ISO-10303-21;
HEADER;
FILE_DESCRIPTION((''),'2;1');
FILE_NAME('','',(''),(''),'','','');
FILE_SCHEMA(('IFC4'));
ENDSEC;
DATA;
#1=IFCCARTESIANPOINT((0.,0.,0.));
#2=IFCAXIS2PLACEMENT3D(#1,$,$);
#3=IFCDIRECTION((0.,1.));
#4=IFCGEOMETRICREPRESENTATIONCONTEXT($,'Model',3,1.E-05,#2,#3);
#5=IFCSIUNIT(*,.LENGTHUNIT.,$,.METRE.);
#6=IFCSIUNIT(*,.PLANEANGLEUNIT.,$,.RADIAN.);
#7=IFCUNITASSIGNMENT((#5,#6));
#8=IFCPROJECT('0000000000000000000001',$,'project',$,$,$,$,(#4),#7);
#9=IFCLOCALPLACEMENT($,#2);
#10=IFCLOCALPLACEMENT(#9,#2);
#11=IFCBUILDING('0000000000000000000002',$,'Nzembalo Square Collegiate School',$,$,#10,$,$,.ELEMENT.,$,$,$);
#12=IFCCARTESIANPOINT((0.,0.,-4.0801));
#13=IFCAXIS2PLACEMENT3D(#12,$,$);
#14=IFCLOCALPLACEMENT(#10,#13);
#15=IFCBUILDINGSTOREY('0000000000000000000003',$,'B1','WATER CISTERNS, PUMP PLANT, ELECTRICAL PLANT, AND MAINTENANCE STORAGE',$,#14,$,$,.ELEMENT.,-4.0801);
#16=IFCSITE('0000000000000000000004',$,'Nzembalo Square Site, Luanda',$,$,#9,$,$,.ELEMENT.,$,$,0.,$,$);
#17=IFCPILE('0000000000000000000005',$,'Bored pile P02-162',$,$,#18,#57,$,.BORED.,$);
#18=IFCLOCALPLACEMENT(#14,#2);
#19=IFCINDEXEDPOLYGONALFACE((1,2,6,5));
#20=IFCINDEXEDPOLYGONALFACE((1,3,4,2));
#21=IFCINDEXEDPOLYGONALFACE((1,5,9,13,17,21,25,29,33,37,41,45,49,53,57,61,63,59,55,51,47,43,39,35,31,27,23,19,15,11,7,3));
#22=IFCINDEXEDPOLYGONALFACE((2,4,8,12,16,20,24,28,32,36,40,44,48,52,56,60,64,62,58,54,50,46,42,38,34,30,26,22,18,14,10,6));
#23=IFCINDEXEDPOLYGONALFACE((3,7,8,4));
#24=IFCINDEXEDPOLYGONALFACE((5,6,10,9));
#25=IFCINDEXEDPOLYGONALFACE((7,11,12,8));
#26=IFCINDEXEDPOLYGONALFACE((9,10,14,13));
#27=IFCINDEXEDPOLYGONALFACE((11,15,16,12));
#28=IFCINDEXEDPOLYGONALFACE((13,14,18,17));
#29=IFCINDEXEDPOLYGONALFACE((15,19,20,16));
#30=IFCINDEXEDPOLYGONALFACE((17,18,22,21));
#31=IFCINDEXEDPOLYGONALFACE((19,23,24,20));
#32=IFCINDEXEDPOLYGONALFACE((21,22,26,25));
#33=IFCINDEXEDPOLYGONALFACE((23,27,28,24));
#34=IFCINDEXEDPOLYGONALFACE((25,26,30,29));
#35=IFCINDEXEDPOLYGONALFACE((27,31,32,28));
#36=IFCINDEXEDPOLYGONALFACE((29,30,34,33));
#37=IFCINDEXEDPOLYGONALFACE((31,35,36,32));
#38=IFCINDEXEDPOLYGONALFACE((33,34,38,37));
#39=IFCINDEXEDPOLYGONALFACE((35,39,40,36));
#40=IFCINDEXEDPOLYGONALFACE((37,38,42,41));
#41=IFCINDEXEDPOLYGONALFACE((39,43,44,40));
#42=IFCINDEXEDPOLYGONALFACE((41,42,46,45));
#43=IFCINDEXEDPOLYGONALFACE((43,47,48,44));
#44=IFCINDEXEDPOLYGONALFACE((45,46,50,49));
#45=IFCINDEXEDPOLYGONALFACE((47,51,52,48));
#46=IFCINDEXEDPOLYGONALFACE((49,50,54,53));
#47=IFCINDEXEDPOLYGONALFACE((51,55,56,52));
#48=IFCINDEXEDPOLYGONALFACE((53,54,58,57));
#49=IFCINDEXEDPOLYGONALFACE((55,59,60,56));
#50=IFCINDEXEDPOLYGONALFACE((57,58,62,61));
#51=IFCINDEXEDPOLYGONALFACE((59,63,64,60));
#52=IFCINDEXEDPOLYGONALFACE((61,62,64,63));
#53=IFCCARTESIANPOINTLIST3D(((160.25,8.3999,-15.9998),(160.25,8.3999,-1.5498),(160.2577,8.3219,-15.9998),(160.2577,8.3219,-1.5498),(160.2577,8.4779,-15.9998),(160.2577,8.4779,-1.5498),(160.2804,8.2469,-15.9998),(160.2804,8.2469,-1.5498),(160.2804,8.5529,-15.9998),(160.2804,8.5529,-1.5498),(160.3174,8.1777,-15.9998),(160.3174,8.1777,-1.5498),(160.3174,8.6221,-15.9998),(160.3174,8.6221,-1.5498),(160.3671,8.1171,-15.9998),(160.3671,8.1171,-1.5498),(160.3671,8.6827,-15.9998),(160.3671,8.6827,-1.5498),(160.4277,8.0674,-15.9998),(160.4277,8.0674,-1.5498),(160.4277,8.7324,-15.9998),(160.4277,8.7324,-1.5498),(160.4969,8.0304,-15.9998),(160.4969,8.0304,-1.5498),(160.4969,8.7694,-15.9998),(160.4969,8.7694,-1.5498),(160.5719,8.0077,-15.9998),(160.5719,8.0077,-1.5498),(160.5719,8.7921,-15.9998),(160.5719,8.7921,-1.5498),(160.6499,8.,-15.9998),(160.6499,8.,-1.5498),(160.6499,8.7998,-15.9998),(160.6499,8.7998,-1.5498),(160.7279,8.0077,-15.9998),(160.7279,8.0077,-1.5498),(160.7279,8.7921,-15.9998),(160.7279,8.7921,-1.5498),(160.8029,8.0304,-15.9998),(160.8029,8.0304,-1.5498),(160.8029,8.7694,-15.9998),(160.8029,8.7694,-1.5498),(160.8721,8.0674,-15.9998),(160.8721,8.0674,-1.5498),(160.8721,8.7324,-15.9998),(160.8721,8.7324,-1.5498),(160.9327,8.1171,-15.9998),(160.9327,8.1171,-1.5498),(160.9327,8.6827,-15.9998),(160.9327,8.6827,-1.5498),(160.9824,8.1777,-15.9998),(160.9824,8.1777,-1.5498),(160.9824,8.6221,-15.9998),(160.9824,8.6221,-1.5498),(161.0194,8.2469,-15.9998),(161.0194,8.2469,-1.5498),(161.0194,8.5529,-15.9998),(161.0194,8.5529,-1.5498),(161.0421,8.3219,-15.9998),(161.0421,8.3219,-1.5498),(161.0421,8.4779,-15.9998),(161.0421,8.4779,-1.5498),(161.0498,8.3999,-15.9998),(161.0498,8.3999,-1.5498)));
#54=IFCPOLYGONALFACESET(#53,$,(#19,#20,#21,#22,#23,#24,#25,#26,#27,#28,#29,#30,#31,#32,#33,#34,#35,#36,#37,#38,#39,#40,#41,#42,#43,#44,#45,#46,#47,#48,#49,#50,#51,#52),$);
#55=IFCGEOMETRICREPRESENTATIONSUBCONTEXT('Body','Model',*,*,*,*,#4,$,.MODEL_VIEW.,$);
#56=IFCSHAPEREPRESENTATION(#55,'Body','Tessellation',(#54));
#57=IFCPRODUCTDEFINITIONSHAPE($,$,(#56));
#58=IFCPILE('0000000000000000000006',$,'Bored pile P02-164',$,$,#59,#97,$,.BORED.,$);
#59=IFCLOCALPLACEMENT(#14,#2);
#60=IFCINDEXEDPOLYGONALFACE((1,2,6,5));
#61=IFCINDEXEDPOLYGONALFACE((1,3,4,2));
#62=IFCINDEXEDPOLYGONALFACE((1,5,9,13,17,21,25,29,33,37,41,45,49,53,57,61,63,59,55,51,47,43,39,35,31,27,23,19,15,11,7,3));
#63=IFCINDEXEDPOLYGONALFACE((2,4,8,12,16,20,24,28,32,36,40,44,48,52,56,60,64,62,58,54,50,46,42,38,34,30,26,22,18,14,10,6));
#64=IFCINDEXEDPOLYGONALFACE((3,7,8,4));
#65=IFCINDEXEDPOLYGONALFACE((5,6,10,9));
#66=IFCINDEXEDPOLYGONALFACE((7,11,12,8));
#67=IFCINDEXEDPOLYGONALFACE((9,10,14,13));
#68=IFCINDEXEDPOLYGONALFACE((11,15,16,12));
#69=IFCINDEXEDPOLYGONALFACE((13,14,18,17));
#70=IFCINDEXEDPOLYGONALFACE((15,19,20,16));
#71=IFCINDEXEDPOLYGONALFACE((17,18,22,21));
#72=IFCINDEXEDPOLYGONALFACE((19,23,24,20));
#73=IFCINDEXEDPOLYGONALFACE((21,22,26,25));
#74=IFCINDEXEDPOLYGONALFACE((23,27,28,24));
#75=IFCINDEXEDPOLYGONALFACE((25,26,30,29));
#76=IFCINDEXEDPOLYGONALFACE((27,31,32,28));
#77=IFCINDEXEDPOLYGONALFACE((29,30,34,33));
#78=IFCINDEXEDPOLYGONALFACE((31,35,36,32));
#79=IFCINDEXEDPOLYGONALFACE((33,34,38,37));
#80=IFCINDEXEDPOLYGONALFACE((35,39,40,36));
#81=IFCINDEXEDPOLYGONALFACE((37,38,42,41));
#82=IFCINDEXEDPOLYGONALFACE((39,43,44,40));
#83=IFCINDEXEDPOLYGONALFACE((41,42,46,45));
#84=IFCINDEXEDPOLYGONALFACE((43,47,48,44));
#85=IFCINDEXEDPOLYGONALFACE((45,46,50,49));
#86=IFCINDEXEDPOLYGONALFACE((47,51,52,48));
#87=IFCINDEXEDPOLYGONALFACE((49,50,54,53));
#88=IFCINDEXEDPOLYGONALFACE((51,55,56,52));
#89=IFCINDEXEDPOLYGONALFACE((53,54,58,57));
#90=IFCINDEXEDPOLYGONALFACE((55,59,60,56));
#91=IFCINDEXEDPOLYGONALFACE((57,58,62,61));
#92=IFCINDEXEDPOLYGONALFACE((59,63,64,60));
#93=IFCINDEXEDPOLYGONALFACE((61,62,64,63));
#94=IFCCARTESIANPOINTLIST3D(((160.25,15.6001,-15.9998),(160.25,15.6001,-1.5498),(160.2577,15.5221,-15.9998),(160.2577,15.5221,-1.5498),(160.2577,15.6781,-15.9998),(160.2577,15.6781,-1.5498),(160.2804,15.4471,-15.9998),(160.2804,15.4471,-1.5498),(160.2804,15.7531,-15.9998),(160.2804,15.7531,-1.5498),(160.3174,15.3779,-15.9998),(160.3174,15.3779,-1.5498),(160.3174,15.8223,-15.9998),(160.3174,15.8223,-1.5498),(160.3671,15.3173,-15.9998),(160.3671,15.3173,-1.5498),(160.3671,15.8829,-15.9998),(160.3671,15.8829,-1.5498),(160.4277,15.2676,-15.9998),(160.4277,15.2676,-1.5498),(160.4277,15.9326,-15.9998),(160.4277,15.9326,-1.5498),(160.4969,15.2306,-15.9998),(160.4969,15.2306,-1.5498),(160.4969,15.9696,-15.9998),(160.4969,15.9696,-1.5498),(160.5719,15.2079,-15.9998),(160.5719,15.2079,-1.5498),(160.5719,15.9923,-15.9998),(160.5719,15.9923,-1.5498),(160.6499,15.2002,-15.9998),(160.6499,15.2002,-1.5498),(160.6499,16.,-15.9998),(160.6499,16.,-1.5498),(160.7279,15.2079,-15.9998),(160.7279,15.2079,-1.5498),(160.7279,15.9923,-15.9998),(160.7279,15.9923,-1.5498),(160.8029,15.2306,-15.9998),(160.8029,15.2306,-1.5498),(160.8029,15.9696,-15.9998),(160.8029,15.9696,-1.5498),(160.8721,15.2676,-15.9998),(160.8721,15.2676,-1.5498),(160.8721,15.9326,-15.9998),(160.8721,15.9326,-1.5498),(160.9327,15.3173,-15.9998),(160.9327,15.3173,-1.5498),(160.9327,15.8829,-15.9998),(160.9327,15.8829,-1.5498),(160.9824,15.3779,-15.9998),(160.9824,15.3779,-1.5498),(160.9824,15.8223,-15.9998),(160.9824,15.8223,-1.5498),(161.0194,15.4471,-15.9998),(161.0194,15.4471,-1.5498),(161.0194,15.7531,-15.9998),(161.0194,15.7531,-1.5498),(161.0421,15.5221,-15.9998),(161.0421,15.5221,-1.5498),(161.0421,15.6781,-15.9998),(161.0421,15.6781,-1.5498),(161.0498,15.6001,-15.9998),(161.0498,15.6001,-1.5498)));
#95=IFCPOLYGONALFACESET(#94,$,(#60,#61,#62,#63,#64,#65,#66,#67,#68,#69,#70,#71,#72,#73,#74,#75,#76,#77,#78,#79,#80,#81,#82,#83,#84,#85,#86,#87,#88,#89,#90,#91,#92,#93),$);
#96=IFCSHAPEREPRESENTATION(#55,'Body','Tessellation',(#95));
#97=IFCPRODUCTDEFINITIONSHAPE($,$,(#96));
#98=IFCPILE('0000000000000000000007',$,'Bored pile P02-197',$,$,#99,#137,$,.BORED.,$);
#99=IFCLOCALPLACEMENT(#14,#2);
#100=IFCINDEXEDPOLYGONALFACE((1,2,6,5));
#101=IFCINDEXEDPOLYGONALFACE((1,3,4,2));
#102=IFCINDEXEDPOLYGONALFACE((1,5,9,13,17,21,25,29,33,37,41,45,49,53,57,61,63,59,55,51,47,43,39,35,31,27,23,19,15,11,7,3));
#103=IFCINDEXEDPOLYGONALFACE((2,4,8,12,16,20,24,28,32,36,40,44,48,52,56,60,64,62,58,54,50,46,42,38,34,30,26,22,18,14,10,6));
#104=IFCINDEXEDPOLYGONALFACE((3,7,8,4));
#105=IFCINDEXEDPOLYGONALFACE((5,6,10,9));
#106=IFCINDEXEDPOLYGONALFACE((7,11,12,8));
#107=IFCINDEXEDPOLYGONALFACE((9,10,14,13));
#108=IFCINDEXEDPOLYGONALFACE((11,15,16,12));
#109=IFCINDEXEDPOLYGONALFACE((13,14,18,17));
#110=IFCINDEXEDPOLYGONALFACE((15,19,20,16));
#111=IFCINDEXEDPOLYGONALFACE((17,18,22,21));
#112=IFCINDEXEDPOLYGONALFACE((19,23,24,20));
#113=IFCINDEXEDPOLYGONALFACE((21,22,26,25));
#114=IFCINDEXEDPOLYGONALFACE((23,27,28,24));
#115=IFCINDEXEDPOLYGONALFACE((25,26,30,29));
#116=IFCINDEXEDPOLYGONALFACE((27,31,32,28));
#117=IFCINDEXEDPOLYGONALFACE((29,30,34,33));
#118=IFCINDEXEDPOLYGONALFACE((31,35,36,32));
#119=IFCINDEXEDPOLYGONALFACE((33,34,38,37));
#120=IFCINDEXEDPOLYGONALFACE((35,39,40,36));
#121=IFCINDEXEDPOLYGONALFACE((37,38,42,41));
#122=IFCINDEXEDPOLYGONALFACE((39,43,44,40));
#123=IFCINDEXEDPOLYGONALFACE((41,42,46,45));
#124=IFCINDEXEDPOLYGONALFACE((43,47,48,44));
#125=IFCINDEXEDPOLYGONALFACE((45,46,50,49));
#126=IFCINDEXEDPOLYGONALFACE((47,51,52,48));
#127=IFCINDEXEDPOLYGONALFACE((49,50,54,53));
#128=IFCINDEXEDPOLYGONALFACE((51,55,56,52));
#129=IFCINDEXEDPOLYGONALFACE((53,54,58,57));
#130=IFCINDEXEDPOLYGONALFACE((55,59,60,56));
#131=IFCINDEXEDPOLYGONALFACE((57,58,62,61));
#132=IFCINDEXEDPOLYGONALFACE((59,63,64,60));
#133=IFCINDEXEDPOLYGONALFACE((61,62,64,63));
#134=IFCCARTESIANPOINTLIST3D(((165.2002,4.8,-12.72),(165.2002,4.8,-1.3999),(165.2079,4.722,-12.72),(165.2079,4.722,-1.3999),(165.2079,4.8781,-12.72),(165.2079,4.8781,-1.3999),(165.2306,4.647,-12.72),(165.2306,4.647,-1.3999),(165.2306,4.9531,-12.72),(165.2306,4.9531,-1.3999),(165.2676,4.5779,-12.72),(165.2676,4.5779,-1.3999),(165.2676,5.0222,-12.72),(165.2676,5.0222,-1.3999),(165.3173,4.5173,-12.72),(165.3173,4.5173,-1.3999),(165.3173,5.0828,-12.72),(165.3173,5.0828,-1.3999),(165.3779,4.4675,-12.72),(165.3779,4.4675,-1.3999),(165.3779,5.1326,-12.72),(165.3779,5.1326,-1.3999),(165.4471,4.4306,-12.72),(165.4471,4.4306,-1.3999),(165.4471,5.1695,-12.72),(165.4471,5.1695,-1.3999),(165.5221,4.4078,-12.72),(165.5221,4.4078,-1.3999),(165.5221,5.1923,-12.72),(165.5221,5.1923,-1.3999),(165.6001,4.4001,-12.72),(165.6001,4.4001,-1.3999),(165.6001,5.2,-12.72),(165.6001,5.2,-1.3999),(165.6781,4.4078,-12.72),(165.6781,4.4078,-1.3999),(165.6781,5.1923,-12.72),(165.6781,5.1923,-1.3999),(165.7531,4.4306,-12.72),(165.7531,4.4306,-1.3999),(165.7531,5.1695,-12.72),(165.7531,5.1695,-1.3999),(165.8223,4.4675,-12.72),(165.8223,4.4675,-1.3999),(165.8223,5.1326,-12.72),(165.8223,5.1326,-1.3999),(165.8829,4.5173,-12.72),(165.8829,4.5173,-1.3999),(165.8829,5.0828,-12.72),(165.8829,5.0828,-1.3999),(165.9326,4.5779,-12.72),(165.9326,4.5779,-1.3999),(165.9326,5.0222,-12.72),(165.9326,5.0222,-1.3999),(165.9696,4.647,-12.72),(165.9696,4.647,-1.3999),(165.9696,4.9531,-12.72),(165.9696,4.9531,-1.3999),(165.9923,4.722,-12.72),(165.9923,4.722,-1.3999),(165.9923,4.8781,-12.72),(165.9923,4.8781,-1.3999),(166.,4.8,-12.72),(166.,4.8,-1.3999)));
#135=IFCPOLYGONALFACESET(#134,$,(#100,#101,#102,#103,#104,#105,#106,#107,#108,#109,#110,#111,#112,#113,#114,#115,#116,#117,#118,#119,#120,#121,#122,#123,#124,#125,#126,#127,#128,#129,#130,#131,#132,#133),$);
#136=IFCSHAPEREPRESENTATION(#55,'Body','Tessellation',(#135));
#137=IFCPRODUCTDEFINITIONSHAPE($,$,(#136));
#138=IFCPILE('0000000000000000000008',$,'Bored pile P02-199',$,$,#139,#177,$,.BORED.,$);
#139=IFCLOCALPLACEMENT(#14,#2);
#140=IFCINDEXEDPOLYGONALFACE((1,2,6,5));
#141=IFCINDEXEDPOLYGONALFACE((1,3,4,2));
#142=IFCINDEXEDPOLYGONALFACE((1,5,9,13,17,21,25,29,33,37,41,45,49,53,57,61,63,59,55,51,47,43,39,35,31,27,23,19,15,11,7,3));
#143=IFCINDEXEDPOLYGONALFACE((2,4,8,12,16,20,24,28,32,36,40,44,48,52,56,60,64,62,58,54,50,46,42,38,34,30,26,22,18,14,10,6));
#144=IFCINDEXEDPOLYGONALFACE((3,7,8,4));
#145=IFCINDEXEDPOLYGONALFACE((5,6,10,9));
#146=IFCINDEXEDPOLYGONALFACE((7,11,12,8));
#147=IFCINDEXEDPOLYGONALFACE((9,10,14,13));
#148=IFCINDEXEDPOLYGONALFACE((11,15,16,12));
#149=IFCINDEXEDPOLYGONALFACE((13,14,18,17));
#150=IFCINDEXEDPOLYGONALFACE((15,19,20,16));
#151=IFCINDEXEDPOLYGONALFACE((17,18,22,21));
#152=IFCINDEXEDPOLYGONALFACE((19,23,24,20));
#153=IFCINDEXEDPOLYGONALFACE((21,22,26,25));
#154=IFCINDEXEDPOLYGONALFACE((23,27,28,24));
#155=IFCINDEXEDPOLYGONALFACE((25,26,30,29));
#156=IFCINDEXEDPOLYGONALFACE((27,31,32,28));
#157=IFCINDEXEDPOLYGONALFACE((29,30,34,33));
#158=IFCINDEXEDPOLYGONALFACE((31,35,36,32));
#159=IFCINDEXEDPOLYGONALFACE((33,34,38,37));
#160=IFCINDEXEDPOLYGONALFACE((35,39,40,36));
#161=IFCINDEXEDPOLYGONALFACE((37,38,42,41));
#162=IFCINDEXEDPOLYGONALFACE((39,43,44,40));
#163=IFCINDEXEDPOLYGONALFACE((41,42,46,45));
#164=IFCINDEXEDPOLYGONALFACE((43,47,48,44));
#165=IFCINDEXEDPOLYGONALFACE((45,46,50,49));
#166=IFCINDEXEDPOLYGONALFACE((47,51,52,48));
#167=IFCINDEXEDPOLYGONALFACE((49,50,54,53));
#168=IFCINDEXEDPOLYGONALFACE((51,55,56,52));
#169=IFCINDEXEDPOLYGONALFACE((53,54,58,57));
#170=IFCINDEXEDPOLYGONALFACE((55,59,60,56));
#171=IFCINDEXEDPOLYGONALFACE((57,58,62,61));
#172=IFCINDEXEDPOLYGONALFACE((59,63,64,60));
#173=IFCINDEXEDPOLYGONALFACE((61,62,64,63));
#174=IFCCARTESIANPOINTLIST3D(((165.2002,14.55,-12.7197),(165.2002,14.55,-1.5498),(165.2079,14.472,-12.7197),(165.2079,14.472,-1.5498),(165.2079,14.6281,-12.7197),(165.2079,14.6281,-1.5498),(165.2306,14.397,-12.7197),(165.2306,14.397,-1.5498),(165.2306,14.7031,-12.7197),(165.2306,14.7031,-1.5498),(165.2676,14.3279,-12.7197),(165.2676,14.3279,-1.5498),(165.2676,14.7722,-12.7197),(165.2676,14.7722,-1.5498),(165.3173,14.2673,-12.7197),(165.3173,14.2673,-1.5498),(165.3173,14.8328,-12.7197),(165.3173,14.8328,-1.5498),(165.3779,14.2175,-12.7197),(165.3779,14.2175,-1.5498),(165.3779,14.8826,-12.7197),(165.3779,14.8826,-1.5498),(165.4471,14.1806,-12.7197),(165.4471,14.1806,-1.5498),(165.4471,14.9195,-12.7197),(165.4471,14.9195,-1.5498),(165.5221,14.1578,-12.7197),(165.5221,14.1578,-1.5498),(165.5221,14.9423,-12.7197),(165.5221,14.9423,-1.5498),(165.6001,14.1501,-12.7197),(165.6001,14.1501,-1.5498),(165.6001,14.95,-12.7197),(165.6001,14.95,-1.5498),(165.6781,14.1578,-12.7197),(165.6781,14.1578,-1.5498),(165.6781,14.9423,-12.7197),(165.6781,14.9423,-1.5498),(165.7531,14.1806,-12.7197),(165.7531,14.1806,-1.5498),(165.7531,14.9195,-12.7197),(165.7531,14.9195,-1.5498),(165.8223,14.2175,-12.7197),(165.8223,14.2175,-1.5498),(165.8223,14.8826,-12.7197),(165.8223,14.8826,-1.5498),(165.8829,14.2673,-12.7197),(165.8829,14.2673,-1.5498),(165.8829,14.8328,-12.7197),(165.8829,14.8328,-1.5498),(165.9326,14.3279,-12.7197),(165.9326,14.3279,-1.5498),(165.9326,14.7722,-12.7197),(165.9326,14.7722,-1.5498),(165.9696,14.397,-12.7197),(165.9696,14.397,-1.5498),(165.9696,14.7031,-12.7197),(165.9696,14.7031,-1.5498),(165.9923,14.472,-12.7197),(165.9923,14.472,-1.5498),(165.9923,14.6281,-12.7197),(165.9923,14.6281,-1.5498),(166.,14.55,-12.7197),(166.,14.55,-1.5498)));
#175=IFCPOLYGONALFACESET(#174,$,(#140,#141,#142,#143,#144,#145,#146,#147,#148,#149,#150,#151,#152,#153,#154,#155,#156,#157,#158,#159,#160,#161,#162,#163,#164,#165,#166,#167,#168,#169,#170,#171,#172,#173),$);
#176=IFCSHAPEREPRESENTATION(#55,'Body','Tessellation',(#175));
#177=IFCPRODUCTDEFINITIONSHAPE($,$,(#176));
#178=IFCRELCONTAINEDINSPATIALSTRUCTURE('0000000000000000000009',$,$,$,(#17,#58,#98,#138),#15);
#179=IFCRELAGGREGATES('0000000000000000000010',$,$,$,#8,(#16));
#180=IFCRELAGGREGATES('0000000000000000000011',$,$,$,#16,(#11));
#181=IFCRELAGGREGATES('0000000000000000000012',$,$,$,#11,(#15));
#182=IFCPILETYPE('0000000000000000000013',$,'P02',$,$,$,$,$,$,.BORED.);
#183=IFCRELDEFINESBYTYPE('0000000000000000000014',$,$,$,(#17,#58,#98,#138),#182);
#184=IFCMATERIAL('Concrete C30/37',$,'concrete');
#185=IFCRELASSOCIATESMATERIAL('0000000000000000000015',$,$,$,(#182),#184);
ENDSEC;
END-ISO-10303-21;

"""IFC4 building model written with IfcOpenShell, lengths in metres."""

from ifc_helpers import new_model, si_unit, direction, frame, origin, origin_2d, place, context, subcontext, project, spatial, circle, extrude, material, material_profile, profile_set, type_object, element, save


model = new_model("IFC4")

# Units and contexts
model_context = context("Model", 3, precision=1e-05, world=origin(), true_north=direction((0.0, 1.0)))
body_context = subcontext(model_context, "Body", "Model", "MODEL_VIEW")
ifc_project = project(units=[si_unit("LENGTHUNIT", "METRE"), si_unit("PLANEANGLEUNIT", "RADIAN")], contexts=[model_context])

# Site, building, storey
site_placement = place(None, origin())
site = spatial("IfcSite", under=ifc_project, at=site_placement, Name="Nzembalo Square Site, Luanda", CompositionType="ELEMENT", RefElevation=0.0)
building_placement = place(site_placement, origin())
building = spatial("IfcBuilding", under=site, at=building_placement, Name="Nzembalo Square Collegiate School", CompositionType="ELEMENT")
storey_placement = place(building_placement, frame((0.0, 0.0, -4.0801)))
storey = spatial("IfcBuildingStorey", under=building, at=storey_placement, Name="B1", Description="WATER CISTERNS, PUMP PLANT, ELECTRICAL PLANT, AND MAINTENANCE STORAGE", CompositionType="ELEMENT", Elevation=-4.0801)

# Piles
ifc_material_1 = material(Name="Concrete C30/37", Category="concrete")
ifc_material_profile_1 = material_profile(ifc_material_1, circle(Radius=0.3999, at=origin_2d()), Name="PILE D800")
ifc_profile_set_1 = profile_set([ifc_material_profile_1], Name="Concrete C30/37")
pile_type_1 = type_object("IfcPileType", Name="P02", PredefinedType="BORED", material=ifc_profile_set_1)
for number, where, z_axis, x_axis, name in (
    (1, (160.6499, 8.3999, -1.5498), (0.0, 0.0, -1.0), (1.0, 0.0, 0.0), "Bored pile P02-162"),
    (2, (160.6499, 15.6001, -1.5498), (0.0, 0.0, -1.0), (1.0, 0.0, 0.0), "Bored pile P02-164"),
):
    element("IfcPile", number, at=place(storey_placement, frame(where, z_axis=z_axis, x_axis=x_axis)), inside=storey, type_object=pile_type_1, Name=name, PredefinedType="BORED", context=body_context, shape_type="SweptSolid", body=[
        extrude(circle(Radius=0.3999, at=origin_2d()), origin(), (0.0, 0.0, 1.0), 14.45),
    ])
pile_1_placement = place(storey_placement, frame((165.6001, 4.8, -1.3999), z_axis=(0.0, 0.0, -1.0), x_axis=(1.0, 0.0, 0.0)))
element("IfcPile", 3, at=pile_1_placement, inside=storey, type_object=pile_type_1, Name="Bored pile P02-197", PredefinedType="BORED", context=body_context, shape_type="SweptSolid", body=[
    extrude(circle(Radius=0.3999, at=origin_2d()), origin(), (0.0, 0.0, 1.0), 11.3201),
])
pile_2_placement = place(storey_placement, frame((165.6001, 14.55, -1.5498), z_axis=(0.0, 0.0, -1.0), x_axis=(1.0, 0.0, 0.0)))
element("IfcPile", 4, at=pile_2_placement, inside=storey, type_object=pile_type_1, Name="Bored pile P02-199", PredefinedType="BORED", context=body_context, shape_type="SweptSolid", body=[
    extrude(circle(Radius=0.3999, at=origin_2d()), origin(), (0.0, 0.0, 1.0), 11.1699),
])

save(model, "model.ifc")
